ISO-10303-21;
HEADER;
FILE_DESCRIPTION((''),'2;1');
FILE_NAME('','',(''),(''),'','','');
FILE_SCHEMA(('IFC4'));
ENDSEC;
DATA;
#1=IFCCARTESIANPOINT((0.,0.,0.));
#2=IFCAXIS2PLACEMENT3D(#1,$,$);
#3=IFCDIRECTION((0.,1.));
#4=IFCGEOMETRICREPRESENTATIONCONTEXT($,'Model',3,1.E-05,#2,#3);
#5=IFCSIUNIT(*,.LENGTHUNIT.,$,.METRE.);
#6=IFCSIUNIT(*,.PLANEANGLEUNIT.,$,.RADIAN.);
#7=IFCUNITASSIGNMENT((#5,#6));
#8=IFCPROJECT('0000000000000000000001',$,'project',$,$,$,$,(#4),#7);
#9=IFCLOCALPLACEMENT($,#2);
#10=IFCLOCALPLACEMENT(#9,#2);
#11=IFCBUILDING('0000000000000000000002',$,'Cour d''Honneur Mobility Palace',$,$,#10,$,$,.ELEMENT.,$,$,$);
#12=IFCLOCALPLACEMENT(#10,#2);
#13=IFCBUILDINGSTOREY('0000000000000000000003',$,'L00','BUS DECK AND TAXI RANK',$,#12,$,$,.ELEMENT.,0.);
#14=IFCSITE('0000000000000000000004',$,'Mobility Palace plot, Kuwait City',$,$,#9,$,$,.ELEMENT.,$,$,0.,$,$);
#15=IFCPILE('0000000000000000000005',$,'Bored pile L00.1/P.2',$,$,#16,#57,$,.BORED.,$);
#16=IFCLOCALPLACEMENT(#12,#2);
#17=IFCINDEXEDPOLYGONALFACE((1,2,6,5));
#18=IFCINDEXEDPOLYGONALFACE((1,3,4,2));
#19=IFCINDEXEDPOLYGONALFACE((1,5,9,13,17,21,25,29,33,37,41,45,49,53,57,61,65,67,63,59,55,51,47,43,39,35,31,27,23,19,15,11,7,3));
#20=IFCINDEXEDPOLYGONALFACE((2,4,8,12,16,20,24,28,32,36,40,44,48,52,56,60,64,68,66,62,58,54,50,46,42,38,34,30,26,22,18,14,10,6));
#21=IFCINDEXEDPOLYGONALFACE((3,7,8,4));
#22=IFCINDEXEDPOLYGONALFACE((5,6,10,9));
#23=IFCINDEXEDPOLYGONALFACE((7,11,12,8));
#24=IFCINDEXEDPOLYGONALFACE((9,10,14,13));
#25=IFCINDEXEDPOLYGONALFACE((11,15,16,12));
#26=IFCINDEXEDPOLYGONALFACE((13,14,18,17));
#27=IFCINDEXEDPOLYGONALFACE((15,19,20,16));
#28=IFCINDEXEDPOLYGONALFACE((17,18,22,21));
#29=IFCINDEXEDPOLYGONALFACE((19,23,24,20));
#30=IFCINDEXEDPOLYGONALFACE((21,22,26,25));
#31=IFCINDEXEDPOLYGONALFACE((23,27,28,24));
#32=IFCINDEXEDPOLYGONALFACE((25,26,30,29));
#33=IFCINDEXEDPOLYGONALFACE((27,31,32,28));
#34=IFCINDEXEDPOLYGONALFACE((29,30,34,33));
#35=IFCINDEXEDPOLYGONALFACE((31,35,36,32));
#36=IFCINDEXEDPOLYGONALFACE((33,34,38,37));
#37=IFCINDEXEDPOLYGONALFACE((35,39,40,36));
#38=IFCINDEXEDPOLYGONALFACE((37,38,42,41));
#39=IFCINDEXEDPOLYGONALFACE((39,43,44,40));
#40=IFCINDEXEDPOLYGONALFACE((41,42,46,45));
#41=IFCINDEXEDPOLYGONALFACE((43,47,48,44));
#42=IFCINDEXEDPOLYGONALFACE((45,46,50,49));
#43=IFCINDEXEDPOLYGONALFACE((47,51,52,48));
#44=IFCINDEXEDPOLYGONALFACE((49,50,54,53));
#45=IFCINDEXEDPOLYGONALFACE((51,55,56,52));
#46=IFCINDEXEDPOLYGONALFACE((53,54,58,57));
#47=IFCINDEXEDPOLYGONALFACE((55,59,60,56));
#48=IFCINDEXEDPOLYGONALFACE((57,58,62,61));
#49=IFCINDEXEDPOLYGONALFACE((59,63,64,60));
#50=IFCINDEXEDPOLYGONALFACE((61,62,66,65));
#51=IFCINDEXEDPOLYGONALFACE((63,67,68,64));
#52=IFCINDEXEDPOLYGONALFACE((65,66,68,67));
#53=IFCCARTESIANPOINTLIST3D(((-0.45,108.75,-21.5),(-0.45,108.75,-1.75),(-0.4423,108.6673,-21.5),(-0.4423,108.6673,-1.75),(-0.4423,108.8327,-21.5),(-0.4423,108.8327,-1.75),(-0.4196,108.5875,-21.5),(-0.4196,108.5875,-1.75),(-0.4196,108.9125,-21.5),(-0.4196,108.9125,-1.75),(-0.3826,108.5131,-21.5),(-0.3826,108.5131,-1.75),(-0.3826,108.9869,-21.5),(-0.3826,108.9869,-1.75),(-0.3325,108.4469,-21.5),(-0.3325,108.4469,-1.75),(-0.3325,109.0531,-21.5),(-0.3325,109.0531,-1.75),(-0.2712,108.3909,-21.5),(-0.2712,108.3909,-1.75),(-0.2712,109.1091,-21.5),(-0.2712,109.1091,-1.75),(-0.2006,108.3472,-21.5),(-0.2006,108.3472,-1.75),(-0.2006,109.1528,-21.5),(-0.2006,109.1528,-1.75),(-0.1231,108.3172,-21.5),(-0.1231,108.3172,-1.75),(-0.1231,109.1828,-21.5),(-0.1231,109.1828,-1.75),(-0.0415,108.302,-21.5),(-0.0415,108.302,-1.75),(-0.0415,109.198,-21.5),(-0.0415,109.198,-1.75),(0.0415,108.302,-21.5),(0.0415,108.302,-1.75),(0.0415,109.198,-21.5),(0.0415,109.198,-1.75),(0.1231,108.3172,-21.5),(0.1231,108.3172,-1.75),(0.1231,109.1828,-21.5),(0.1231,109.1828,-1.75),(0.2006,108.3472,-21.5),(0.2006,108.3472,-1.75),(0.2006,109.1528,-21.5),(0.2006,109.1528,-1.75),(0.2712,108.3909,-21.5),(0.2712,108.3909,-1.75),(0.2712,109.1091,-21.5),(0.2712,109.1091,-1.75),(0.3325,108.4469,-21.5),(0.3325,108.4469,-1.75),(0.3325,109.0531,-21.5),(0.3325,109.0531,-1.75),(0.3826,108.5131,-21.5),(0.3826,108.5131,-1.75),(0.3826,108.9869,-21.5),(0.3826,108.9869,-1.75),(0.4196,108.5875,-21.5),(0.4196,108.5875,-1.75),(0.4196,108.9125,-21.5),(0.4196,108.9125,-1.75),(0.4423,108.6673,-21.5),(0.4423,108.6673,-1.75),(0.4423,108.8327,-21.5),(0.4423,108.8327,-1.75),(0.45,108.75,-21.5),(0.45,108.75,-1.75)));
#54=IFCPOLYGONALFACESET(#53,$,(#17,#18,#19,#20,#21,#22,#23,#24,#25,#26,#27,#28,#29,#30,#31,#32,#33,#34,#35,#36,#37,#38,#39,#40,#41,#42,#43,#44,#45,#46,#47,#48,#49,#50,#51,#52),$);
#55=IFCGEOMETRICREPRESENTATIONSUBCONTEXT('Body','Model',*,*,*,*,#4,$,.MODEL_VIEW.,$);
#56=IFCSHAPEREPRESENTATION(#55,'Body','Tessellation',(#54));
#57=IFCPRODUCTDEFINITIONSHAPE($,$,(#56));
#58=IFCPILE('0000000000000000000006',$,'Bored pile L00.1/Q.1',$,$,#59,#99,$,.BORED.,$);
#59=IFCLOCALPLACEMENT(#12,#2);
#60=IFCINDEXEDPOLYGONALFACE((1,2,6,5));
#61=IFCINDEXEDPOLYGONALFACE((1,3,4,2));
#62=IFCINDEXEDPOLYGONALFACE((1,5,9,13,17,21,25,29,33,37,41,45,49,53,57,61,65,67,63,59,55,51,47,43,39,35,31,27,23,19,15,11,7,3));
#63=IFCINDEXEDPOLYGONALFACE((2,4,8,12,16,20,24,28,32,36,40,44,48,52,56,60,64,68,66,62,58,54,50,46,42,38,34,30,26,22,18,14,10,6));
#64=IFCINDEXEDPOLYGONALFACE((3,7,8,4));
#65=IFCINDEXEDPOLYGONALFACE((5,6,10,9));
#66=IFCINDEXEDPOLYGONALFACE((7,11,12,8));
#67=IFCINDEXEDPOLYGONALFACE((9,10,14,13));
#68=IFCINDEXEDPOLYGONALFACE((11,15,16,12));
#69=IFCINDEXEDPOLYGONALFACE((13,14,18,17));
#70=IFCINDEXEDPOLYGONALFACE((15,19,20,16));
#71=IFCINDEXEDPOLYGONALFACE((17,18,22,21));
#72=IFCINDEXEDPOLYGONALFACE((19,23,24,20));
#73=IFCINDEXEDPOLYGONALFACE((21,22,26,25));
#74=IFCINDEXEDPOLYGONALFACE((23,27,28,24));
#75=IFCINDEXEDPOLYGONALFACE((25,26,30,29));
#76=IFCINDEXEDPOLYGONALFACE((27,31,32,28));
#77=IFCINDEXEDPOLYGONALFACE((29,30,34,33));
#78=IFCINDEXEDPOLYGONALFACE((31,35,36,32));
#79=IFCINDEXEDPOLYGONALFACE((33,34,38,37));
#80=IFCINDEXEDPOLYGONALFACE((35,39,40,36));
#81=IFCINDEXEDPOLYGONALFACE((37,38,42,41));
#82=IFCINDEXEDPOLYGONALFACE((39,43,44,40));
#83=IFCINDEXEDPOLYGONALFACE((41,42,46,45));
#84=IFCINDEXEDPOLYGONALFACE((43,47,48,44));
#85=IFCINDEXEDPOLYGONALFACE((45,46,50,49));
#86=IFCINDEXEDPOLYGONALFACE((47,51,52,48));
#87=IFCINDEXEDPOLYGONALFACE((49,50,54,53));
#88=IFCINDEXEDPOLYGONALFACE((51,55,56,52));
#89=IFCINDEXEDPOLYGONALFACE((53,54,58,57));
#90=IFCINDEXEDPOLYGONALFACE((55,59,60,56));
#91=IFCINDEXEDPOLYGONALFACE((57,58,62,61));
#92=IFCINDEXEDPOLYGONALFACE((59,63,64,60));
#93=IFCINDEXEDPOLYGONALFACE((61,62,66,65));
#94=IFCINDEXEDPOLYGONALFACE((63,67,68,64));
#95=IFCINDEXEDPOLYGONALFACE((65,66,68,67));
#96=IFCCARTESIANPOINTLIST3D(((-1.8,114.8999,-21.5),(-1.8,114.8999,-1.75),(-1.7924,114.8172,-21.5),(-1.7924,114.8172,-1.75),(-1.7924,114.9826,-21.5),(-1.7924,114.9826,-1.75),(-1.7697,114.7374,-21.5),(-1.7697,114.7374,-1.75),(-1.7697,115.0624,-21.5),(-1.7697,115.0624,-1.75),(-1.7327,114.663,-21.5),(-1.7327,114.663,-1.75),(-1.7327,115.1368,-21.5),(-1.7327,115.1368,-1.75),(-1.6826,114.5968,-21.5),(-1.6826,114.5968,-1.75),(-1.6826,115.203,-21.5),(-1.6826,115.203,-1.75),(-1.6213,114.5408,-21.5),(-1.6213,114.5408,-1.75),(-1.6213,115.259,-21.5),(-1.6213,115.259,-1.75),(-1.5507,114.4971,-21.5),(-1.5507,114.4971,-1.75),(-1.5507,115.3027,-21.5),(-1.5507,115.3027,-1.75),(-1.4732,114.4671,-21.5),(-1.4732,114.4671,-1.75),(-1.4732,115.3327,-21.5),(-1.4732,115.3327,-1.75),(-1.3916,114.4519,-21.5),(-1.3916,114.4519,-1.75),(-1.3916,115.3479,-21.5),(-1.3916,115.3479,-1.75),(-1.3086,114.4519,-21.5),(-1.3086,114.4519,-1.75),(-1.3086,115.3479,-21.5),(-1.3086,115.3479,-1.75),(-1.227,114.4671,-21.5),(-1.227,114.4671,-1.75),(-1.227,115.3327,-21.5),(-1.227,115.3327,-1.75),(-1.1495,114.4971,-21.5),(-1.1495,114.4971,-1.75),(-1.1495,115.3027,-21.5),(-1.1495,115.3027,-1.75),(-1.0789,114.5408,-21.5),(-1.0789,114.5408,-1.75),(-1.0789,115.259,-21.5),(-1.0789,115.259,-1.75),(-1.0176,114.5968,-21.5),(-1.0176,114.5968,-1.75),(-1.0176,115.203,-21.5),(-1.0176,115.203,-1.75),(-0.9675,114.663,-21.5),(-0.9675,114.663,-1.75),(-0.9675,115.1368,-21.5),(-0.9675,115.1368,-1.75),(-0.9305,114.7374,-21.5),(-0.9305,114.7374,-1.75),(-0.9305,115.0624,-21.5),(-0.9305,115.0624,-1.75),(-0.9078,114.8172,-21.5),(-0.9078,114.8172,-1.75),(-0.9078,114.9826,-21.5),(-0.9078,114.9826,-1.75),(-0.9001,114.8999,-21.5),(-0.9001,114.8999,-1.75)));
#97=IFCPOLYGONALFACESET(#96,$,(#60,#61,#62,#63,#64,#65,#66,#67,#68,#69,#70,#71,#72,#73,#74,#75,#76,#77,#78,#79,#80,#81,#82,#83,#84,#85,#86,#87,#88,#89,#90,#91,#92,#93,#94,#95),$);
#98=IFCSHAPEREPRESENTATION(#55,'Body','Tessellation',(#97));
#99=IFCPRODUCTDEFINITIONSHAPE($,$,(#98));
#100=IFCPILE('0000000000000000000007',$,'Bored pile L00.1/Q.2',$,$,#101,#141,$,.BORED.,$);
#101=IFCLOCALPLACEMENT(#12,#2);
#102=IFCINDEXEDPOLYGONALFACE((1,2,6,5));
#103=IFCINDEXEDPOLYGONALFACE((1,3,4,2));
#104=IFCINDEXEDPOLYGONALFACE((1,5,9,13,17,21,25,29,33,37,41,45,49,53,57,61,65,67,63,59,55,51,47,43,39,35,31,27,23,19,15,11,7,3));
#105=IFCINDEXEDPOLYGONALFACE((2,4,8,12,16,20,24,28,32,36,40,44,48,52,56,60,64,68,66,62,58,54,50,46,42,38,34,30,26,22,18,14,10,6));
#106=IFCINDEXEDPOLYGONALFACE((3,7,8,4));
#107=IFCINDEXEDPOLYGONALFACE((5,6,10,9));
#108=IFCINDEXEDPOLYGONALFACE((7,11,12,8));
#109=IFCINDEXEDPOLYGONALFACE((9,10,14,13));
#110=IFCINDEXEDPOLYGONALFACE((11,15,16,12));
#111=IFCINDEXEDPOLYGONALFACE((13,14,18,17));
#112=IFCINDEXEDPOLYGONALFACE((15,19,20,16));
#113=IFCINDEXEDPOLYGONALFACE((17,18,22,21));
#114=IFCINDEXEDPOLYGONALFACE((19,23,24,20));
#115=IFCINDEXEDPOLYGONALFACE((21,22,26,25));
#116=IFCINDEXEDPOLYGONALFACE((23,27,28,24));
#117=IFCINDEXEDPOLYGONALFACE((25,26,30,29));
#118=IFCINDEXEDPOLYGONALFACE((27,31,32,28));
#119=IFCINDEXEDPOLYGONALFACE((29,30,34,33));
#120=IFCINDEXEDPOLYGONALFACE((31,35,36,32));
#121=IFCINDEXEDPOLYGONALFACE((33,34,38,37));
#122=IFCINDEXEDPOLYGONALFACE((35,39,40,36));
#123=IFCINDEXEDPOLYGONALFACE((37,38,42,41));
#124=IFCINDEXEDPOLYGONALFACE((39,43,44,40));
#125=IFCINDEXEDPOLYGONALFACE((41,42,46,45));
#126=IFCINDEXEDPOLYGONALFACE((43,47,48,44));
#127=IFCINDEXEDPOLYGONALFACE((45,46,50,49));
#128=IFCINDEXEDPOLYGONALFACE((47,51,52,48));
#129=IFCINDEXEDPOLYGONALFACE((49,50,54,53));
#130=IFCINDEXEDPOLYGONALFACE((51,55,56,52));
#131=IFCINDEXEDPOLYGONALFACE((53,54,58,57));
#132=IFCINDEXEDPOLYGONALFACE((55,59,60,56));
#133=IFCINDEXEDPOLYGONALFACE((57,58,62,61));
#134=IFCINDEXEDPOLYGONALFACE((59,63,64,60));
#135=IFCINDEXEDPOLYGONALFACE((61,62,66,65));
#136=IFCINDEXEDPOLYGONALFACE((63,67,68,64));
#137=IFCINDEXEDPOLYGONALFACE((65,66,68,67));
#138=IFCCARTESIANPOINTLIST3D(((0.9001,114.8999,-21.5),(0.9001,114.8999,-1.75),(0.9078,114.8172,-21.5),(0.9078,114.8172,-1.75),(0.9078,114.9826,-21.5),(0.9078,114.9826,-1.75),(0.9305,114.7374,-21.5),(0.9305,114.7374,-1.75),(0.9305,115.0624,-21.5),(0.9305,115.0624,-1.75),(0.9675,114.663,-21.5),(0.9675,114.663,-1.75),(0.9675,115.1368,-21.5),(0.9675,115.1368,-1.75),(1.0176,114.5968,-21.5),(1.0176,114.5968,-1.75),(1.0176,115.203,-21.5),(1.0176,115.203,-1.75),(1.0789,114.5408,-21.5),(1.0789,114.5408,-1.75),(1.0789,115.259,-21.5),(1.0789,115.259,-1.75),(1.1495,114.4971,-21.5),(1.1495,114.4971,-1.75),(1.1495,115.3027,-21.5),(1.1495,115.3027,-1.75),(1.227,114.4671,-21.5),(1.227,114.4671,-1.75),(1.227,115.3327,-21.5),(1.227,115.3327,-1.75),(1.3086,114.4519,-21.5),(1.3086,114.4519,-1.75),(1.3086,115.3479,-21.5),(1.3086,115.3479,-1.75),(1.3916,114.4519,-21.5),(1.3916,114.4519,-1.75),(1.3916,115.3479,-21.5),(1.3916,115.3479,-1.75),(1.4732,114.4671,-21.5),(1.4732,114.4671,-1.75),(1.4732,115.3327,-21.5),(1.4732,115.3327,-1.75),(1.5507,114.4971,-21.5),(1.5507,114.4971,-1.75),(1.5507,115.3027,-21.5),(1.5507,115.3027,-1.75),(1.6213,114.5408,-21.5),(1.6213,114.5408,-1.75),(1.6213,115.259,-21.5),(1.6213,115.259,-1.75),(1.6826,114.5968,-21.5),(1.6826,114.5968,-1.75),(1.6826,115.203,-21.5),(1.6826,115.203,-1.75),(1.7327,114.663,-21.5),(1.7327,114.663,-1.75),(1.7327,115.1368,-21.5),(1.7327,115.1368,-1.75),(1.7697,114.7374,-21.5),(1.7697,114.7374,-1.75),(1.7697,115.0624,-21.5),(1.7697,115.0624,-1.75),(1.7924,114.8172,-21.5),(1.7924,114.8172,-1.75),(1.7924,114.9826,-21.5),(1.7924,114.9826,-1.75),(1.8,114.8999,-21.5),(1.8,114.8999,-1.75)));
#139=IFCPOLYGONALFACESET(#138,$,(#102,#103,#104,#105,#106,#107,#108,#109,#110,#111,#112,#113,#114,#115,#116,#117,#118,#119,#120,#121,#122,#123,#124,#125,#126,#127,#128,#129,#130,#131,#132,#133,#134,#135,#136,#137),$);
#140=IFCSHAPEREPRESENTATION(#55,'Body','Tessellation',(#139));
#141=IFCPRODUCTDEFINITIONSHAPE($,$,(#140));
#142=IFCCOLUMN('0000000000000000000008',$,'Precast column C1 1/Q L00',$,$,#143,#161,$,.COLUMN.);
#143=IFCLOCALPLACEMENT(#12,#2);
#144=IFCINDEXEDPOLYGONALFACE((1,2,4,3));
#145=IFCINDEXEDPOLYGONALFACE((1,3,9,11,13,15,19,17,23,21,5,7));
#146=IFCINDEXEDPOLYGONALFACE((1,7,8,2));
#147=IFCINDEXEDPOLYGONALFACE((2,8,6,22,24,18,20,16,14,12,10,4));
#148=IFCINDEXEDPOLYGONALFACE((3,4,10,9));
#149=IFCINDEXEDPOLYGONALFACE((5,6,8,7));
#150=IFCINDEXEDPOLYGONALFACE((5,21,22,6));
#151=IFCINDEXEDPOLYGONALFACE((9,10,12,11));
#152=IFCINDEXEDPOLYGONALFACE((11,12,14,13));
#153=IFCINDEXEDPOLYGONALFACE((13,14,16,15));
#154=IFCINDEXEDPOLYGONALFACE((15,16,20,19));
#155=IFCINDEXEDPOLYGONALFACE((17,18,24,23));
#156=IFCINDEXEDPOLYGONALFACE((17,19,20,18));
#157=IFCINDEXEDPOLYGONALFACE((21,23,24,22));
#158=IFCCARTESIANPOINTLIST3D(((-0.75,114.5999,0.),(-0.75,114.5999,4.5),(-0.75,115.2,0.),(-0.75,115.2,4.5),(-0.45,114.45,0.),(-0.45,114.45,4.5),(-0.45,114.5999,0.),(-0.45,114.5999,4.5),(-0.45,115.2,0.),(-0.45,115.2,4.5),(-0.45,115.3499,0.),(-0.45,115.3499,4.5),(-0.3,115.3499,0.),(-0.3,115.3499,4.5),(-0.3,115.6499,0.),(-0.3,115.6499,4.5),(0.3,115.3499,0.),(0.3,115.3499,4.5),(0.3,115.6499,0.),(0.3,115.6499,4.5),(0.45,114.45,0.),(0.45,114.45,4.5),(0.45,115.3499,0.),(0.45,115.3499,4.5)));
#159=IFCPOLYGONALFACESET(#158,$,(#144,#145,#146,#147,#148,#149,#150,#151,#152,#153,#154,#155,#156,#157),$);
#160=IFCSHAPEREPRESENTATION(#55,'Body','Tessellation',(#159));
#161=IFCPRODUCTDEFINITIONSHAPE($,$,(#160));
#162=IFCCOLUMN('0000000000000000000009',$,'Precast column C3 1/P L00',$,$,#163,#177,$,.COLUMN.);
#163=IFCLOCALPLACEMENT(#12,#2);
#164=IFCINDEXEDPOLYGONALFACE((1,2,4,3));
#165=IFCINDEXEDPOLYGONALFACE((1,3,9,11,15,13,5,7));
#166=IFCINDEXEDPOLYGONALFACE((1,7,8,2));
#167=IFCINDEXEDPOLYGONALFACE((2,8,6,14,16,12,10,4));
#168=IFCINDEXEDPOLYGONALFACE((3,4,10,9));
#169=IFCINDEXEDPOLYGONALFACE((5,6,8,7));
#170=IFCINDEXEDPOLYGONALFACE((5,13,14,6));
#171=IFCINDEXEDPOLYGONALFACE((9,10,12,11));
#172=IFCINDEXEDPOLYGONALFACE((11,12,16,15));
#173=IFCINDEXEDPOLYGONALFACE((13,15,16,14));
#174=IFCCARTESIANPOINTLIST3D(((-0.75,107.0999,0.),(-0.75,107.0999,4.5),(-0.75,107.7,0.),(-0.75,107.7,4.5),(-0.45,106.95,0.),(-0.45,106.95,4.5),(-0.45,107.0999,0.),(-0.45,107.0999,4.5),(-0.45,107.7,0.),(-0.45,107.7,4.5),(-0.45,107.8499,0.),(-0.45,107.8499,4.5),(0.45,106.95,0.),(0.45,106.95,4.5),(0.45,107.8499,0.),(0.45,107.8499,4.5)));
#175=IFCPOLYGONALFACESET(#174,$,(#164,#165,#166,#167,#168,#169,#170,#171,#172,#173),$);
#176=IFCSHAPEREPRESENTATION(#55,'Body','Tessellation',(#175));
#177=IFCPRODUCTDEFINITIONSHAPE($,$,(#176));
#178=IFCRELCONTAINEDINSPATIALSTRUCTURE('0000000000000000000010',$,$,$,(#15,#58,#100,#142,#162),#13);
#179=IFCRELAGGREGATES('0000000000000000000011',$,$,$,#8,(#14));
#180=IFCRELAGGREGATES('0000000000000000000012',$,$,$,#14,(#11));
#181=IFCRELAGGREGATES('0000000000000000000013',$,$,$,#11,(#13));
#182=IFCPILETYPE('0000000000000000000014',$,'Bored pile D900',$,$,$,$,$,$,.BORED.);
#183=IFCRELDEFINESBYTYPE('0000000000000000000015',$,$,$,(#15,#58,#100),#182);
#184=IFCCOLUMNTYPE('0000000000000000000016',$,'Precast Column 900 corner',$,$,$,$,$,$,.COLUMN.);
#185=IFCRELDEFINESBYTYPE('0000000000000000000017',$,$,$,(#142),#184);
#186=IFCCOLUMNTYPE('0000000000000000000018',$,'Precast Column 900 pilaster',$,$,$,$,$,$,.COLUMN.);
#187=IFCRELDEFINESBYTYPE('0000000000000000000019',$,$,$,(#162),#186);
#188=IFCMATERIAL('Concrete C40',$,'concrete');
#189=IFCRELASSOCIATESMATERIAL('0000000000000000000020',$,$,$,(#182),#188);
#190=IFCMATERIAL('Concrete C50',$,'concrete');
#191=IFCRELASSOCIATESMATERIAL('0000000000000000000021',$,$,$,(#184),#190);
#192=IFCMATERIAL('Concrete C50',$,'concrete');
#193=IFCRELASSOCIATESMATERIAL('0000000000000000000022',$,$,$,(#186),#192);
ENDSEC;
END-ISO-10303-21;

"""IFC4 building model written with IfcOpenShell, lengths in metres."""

from ifc_helpers import new_model, si_unit, direction, frame, origin, origin_2d, place, context, subcontext, project, spatial, polyline, circle, outline, extrude, material, material_profile, profile_set, type_object, element, save


model = new_model("IFC4")

# Units and contexts
model_context = context("Model", 3, precision=1e-05, world=origin(), true_north=direction((0.0, 1.0)))
body_context = subcontext(model_context, "Body", "Model", "MODEL_VIEW")
ifc_project = project(units=[si_unit("LENGTHUNIT", "METRE"), si_unit("PLANEANGLEUNIT", "RADIAN")], contexts=[model_context])

# Site, building, storey
site_placement = place(None, origin())
site = spatial("IfcSite", under=ifc_project, at=site_placement, Name="Mobility Palace plot, Kuwait City", CompositionType="ELEMENT", RefElevation=0.0)
building_placement = place(site_placement, origin())
building = spatial("IfcBuilding", under=site, at=building_placement, Name="Cour d'Honneur Mobility Palace", CompositionType="ELEMENT")
storey_placement = place(building_placement, origin())
storey = spatial("IfcBuildingStorey", under=building, at=storey_placement, Name="L00", Description="BUS DECK AND TAXI RANK", CompositionType="ELEMENT", Elevation=0.0)

# Piles
ifc_material_1 = material(Name="Concrete C40", Category="concrete")
ifc_material_profile_1 = material_profile(ifc_material_1, circle(Radius=0.45, at=origin_2d()), Name="Bored pile D900")
ifc_profile_set_1 = profile_set([ifc_material_profile_1], Name="Concrete C40")
pile_type = type_object("IfcPileType", Name="Bored pile D900", PredefinedType="BORED", material=ifc_profile_set_1)
for number, where, z_axis, x_axis, name in (
    (1, (0.0, 108.75, -1.75), (0.0, 0.0, -1.0), (1.0, 0.0, 0.0), "Bored pile L00.1/P.2"),
    (2, (-1.3501, 114.8999, -1.75), (0.0, 0.0, -1.0), (1.0, 0.0, 0.0), "Bored pile L00.1/Q.1"),
    (3, (1.3501, 114.8999, -1.75), (0.0, 0.0, -1.0), (1.0, 0.0, 0.0), "Bored pile L00.1/Q.2"),
):
    element("IfcPile", number, at=place(storey_placement, frame(where, z_axis=z_axis, x_axis=x_axis)), inside=storey, type_object=pile_type, Name=name, PredefinedType="BORED", context=body_context, shape_type="SweptSolid", body=[
        extrude(circle(Radius=0.45, at=origin_2d()), origin(), (0.0, 0.0, 1.0), 19.75),
    ])

# Columns
ifc_material_2 = material(Name="Concrete C50", Category="concrete")
ifc_material_profile_2 = material_profile(ifc_material_2, outline(polyline([(-0.45, -0.45), (0.45, -0.45), (0.45, -0.3), (0.75, -0.3), (0.75, 0.3), (0.45, 0.3), (0.45, 0.45), (0.3, 0.45), (0.3, 0.75), (-0.3, 0.75), (-0.3, 0.45), (-0.45, 0.45), (-0.45, -0.45)])), Name="PC C900 corner")
ifc_profile_set_2 = profile_set([ifc_material_profile_2], Name="Concrete C50")
column_type_1 = type_object("IfcColumnType", Name="Precast Column 900 corner", PredefinedType="COLUMN", material=ifc_profile_set_2)
column_1_placement = place(storey_placement, frame((0.0, 114.8999, 0.0), z_axis=(0.0, 0.0, 1.0), x_axis=(0.0, 1.0, 0.0)))
element("IfcColumn", 4, at=column_1_placement, inside=storey, type_object=column_type_1, Name="Precast column C1 1/Q L00", PredefinedType="COLUMN", context=body_context, shape_type="SweptSolid", body=[
    extrude(outline(polyline([(-0.45, -0.45), (0.45, -0.45), (0.45, -0.3), (0.75, -0.3), (0.75, 0.3), (0.45, 0.3), (0.45, 0.45), (0.3, 0.45), (0.3, 0.75), (-0.3, 0.75), (-0.3, 0.45), (-0.45, 0.45), (-0.45, -0.45)])), origin(), (0.0, 0.0, 1.0), 4.5),
])
ifc_material_3 = material(Name="Concrete C50", Category="concrete")
ifc_material_profile_3 = material_profile(ifc_material_3, outline(polyline([(-0.45, -0.45), (0.45, -0.45), (0.45, -0.3), (0.75, -0.3), (0.75, 0.3), (0.45, 0.3), (0.45, 0.45), (-0.45, 0.45), (-0.45, -0.45)])), Name="PC C900 pilaster")
ifc_profile_set_3 = profile_set([ifc_material_profile_3], Name="Concrete C50")
column_type_2 = type_object("IfcColumnType", Name="Precast Column 900 pilaster", PredefinedType="COLUMN", material=ifc_profile_set_3)
column_2_placement = place(storey_placement, frame((0.0, 107.3999, 0.0), z_axis=(0.0, 0.0, 1.0), x_axis=(-1.0, 0.0, 0.0)))
element("IfcColumn", 5, at=column_2_placement, inside=storey, type_object=column_type_2, Name="Precast column C3 1/P L00", PredefinedType="COLUMN", context=body_context, shape_type="SweptSolid", body=[
    extrude(outline(polyline([(-0.45, -0.45), (0.45, -0.45), (0.45, -0.3), (0.75, -0.3), (0.75, 0.3), (0.45, 0.3), (0.45, 0.45), (-0.45, 0.45), (-0.45, -0.45)])), origin(), (0.0, 0.0, 1.0), 4.5),
])

save(model, "model.ifc")
